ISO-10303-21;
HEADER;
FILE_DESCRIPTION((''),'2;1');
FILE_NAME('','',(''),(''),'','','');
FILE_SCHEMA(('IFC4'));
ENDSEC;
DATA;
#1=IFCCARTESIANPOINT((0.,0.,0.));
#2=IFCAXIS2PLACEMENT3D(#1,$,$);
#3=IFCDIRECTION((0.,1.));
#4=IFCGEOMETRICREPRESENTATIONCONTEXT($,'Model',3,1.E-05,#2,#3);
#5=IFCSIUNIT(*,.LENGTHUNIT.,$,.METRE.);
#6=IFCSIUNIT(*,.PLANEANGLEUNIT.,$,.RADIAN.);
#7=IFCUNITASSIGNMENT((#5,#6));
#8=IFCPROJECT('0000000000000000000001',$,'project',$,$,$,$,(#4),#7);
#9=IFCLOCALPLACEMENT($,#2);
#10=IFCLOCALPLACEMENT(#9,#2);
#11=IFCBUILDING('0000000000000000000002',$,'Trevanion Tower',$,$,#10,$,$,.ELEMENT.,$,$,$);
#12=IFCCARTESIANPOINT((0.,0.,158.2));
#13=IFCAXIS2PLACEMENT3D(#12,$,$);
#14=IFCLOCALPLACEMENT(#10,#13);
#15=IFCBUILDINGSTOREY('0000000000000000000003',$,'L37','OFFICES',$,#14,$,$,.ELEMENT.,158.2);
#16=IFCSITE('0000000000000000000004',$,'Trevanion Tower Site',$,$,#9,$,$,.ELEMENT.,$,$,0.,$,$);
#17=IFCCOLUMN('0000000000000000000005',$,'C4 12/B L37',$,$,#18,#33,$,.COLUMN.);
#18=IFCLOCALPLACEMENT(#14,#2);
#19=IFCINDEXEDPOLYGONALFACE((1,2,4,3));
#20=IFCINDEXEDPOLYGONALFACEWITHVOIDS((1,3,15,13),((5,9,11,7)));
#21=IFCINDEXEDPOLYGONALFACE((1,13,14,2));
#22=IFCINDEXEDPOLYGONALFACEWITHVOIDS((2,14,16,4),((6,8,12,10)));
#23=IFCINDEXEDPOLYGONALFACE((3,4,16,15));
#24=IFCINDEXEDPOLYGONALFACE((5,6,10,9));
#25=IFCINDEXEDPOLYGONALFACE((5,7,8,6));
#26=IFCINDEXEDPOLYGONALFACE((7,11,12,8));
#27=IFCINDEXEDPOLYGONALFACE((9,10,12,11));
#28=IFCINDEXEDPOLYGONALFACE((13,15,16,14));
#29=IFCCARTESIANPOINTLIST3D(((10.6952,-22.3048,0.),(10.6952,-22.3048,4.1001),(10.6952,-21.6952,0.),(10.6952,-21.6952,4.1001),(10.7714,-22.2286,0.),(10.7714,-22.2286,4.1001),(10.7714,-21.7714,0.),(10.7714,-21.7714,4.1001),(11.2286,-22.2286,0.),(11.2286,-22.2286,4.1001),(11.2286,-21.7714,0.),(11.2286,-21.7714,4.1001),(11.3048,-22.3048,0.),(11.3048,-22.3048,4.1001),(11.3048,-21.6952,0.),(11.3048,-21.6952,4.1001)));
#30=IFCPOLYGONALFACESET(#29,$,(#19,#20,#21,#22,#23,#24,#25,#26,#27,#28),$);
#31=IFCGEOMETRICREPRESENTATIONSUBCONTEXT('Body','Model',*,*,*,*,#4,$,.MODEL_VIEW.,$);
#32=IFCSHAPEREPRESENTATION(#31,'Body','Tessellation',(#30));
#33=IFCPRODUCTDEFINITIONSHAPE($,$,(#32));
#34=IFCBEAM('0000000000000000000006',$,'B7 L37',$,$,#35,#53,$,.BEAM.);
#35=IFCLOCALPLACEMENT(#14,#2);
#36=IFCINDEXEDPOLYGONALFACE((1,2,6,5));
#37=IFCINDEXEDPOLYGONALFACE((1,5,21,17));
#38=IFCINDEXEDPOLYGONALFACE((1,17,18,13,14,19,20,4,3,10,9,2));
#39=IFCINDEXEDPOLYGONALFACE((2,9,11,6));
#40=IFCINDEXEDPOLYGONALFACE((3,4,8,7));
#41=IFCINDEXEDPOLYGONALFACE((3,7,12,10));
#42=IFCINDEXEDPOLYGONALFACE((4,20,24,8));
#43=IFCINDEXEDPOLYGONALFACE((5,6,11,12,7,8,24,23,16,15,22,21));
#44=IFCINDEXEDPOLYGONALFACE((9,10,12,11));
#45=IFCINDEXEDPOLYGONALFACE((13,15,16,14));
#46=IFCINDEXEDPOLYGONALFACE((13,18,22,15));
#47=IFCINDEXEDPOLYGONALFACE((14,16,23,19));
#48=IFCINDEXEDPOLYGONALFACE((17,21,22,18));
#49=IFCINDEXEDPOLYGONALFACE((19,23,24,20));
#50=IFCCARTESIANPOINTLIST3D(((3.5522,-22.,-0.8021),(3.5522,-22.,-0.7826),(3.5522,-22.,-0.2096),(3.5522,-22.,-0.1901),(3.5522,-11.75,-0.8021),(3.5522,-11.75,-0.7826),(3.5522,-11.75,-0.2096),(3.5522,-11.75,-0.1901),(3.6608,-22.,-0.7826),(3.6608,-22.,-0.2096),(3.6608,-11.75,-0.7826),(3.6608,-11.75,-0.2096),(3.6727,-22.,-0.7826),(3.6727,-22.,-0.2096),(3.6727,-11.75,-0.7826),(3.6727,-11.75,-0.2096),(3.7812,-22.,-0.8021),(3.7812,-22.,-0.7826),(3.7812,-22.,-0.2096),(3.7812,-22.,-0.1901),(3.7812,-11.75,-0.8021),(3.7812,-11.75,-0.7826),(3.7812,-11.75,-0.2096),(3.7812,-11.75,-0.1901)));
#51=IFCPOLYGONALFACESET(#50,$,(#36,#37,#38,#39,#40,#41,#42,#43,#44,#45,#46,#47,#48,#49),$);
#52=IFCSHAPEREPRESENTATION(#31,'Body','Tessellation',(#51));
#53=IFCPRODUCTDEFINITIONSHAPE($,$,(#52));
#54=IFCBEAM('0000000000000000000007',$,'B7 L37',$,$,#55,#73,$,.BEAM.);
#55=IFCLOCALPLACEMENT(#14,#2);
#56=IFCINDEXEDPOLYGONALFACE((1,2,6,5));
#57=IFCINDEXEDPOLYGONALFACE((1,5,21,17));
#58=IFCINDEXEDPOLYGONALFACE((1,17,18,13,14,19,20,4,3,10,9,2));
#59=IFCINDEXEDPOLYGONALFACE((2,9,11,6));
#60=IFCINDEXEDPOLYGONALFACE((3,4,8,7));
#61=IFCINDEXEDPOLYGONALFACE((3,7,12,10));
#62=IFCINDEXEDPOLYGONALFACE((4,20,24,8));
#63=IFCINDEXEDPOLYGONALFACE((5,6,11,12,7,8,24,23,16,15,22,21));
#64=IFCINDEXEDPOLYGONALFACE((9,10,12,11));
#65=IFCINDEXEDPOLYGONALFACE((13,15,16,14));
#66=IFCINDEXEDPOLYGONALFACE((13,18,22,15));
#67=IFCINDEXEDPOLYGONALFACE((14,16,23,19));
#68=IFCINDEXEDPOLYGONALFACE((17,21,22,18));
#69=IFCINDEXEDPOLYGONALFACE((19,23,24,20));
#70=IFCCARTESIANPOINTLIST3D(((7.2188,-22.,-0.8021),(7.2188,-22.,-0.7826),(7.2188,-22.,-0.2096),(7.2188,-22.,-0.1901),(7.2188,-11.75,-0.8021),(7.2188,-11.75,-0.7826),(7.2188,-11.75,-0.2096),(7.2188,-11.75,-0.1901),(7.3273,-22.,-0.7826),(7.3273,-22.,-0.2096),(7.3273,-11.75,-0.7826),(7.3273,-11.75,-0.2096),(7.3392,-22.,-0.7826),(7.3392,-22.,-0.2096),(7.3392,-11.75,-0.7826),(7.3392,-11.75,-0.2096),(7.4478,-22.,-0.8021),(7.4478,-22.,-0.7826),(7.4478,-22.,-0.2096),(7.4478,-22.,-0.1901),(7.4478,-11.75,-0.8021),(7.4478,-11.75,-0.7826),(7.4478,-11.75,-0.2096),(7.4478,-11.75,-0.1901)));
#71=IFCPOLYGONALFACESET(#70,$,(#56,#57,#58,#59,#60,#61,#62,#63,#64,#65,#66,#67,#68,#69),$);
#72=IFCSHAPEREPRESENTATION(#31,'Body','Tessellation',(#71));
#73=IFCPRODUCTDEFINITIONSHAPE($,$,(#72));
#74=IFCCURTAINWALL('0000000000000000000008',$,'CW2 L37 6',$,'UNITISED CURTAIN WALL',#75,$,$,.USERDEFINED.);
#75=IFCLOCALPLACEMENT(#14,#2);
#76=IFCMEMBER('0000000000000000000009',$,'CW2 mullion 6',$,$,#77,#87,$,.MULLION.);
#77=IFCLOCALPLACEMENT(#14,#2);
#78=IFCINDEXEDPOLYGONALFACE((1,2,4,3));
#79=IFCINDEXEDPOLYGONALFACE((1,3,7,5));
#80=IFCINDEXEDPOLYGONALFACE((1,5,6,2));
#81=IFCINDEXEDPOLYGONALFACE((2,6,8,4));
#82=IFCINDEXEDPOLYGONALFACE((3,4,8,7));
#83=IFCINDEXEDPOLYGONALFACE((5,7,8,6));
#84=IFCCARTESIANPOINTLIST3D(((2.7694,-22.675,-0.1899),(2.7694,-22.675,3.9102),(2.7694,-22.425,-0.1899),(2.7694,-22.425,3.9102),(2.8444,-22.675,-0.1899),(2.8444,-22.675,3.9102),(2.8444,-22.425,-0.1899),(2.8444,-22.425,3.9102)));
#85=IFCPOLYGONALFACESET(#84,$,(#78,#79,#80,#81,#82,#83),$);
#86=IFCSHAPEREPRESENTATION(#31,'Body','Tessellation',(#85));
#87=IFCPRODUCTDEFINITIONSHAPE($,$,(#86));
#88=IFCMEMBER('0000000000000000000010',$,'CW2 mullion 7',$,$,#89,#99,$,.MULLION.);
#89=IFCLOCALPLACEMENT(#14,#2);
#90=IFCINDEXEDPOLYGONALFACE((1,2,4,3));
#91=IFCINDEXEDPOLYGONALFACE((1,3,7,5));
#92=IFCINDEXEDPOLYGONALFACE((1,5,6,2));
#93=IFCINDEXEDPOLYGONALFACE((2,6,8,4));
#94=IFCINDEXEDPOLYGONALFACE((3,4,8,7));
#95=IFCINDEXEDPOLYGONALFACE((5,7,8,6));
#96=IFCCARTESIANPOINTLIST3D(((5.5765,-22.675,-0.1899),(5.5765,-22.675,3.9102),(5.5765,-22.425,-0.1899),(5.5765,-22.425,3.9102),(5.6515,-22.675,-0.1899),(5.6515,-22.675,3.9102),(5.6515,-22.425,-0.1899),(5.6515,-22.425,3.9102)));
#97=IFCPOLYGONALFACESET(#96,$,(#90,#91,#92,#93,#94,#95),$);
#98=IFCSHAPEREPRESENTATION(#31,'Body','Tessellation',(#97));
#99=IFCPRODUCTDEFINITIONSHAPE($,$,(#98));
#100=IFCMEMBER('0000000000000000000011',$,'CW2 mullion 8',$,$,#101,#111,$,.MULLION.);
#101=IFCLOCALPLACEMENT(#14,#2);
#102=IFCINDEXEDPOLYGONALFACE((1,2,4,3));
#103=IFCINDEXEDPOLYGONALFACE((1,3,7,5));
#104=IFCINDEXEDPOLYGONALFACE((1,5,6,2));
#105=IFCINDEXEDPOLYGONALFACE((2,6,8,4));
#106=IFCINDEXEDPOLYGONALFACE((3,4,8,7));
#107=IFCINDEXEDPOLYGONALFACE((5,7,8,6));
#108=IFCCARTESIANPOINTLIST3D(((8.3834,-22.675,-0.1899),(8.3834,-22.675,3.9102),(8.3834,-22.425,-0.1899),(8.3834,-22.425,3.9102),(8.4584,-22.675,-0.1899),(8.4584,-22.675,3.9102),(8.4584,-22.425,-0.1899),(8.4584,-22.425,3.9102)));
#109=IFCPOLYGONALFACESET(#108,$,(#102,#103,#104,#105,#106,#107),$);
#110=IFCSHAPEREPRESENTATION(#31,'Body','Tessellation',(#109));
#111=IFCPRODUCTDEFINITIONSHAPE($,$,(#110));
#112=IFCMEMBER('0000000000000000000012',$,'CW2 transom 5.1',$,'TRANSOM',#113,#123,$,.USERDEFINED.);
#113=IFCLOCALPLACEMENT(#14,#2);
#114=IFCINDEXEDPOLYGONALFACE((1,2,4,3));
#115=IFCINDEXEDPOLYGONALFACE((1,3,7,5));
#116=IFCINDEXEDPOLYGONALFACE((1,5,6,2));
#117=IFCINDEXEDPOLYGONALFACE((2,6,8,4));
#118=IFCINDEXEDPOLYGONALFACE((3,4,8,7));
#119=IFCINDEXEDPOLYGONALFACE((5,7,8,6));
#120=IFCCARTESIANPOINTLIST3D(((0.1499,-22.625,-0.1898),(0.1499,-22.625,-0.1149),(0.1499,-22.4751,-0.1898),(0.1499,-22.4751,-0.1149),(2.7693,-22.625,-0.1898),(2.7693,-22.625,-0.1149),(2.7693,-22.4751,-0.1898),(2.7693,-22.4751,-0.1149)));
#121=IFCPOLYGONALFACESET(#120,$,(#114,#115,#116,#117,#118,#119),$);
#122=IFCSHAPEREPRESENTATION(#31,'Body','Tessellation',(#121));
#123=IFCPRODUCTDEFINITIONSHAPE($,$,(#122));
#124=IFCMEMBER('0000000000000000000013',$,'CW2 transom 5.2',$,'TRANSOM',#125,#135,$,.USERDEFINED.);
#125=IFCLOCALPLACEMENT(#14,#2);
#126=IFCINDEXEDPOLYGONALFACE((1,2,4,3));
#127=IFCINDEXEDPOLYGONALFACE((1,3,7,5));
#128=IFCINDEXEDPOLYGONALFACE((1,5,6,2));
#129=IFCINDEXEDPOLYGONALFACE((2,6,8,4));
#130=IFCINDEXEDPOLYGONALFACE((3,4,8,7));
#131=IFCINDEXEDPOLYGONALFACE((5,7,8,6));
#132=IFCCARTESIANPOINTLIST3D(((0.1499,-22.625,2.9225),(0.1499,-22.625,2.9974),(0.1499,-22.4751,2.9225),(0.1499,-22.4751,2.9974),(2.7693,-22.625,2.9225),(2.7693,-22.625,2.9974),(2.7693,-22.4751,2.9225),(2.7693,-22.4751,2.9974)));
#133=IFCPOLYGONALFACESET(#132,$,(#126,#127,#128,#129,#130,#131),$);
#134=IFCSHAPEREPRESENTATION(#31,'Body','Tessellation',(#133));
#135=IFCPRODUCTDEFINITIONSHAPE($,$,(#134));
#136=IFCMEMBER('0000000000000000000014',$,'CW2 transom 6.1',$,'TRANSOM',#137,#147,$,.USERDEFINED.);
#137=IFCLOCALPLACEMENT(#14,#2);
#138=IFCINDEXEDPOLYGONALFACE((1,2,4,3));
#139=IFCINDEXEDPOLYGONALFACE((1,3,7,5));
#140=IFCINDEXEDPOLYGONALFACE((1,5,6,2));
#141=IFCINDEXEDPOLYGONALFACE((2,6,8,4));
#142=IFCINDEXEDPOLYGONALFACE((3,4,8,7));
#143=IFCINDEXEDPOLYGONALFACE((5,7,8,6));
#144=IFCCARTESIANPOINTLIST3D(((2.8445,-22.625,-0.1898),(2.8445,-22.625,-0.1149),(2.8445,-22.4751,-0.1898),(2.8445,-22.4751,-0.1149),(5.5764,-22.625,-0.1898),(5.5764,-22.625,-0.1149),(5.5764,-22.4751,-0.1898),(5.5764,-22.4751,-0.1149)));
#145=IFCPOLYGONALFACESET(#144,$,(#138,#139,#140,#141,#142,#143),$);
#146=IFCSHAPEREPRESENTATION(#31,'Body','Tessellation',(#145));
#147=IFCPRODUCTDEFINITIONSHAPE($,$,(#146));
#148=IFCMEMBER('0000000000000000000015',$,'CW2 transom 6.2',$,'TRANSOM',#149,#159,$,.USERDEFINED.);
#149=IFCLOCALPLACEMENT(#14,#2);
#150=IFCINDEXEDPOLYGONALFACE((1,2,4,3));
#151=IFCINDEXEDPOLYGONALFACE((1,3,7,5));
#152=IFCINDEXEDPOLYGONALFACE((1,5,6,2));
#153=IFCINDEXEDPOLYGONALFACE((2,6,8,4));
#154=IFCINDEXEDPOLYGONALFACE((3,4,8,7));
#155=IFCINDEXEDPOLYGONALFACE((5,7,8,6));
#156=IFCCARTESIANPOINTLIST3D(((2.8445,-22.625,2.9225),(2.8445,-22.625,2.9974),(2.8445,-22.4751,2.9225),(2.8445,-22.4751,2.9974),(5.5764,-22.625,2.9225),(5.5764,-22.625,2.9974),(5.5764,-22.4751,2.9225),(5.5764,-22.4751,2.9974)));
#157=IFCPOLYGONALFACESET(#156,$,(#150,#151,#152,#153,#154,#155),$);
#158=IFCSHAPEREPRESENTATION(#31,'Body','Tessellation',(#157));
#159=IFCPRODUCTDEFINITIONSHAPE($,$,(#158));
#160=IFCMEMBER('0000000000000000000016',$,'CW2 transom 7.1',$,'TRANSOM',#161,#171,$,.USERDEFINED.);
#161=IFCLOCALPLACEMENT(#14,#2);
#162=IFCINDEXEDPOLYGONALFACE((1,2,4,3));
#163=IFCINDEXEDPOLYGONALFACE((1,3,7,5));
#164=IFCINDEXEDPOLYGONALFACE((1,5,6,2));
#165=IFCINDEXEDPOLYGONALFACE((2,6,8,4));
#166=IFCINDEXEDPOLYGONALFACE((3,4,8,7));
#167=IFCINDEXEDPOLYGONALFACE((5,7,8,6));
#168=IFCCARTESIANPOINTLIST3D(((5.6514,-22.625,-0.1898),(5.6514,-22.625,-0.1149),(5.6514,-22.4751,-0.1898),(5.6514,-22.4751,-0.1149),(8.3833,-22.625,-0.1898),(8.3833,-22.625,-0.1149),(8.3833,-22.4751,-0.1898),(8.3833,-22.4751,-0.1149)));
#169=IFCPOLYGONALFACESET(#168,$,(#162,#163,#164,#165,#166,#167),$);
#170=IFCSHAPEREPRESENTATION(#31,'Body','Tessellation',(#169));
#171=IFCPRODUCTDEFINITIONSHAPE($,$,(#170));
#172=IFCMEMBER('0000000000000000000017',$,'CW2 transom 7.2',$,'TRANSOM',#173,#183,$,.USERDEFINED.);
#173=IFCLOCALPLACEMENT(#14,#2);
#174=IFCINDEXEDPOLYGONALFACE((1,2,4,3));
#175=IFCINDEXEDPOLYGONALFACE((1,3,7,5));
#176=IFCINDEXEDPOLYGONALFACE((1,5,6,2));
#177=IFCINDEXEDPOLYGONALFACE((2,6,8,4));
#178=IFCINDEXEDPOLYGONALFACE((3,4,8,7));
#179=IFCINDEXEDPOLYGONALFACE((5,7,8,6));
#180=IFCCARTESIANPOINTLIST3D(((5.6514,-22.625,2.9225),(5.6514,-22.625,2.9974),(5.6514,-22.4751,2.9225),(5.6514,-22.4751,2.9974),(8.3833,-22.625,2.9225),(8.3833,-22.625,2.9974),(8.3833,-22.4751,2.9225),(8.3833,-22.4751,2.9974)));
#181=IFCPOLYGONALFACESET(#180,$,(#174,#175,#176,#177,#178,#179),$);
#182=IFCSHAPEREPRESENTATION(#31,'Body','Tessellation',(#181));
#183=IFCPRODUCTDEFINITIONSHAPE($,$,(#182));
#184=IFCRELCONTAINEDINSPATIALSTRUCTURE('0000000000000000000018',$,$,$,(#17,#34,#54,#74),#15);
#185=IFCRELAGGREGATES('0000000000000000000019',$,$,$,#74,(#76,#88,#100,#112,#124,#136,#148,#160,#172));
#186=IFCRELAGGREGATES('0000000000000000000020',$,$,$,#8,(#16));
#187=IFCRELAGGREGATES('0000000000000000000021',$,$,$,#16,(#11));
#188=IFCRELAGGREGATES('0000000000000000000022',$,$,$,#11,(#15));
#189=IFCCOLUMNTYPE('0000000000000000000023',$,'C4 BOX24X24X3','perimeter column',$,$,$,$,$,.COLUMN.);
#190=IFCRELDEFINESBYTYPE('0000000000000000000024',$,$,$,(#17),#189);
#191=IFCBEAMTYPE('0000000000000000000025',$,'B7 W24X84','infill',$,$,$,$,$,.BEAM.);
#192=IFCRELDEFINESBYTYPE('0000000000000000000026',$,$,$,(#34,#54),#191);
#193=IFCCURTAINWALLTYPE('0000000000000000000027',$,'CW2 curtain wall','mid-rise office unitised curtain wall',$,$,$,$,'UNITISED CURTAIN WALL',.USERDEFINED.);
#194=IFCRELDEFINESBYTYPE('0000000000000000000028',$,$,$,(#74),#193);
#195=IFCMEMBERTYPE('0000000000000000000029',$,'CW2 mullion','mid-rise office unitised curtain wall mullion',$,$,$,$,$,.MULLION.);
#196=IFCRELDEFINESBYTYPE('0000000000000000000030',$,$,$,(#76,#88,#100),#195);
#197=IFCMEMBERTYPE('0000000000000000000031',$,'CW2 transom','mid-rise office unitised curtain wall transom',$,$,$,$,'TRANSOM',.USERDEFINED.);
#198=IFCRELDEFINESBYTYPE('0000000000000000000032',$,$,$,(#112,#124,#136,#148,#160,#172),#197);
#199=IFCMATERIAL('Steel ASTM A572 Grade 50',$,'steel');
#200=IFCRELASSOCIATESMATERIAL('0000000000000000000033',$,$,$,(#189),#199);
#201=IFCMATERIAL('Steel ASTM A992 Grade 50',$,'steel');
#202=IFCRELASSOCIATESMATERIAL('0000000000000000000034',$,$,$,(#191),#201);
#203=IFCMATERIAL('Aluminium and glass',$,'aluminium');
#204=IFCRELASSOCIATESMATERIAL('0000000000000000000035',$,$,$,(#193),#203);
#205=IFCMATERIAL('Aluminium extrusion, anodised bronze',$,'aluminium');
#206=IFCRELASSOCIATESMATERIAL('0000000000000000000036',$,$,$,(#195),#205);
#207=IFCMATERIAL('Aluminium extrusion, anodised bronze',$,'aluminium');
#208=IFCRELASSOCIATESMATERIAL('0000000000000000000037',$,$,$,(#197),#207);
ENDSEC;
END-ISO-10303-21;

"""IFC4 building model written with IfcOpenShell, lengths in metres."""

from ifc_helpers import new_model, si_unit, direction, frame, origin, origin_2d, place, context, subcontext, project, spatial, rectangle, hollow_rectangle, i_section, extrude, material, material_profile, profile_set, type_object, element, aggregate, save


model = new_model("IFC4")

# Units and contexts
model_context = context("Model", 3, precision=1e-05, world=origin(), true_north=direction((0.0, 1.0)))
body_context = subcontext(model_context, "Body", "Model", "MODEL_VIEW")
ifc_project = project(units=[si_unit("LENGTHUNIT", "METRE"), si_unit("PLANEANGLEUNIT", "RADIAN")], contexts=[model_context])

# Site, building, storey
site_placement = place(None, origin())
site = spatial("IfcSite", under=ifc_project, at=site_placement, Name="Trevanion Tower Site", CompositionType="ELEMENT", RefElevation=0.0)
building_placement = place(site_placement, origin())
building = spatial("IfcBuilding", under=site, at=building_placement, Name="Trevanion Tower", CompositionType="ELEMENT")
storey_placement = place(building_placement, frame((0.0, 0.0, 158.2)))
storey = spatial("IfcBuildingStorey", under=building, at=storey_placement, Name="L37", Description="OFFICES", CompositionType="ELEMENT", Elevation=158.2)

# Column
ifc_material_1 = material(Name="Steel ASTM A572 Grade 50", Category="steel")
ifc_material_profile_1 = material_profile(ifc_material_1, hollow_rectangle(XDim=0.6096, YDim=0.6096, WallThickness=0.0762, at=origin_2d()), Name="BOX24X24X3")
ifc_profile_set_1 = profile_set([ifc_material_profile_1], Name="Steel ASTM A572 Grade 50")
column_type = type_object("IfcColumnType", Name="C4 BOX24X24X3", Description="perimeter column", PredefinedType="COLUMN", material=ifc_profile_set_1)
column_placement = place(storey_placement, frame((11.0, -22.0, 0.0), z_axis=(0.0, 0.0, 1.0), x_axis=(1.0, 0.0, 0.0)))
element("IfcColumn", 1, at=column_placement, inside=storey, type_object=column_type, Name="C4 12/B L37", PredefinedType="COLUMN", context=body_context, shape_type="SweptSolid", body=[
    extrude(hollow_rectangle(XDim=0.6096, YDim=0.6096, WallThickness=0.0762, at=origin_2d()), origin(), (0.0, 0.0, 1.0), 4.1001),
])

# Beams
ifc_material_2 = material(Name="Steel ASTM A992 Grade 50", Category="steel")
ifc_material_profile_2 = material_profile(ifc_material_2, i_section(OverallWidth=0.229, OverallDepth=0.6121, WebThickness=0.012, FlangeThickness=0.0195, at=origin_2d()), Name="W24X84")
ifc_profile_set_2 = profile_set([ifc_material_profile_2], Name="Steel ASTM A992 Grade 50")
beam_type_1 = type_object("IfcBeamType", Name="B7 W24X84", Description="infill", PredefinedType="BEAM", material=ifc_profile_set_2)
for number, where, z_axis, x_axis, name in (
    (2, (3.6667, -11.75, -0.4961), (0.0, -1.0, 0.0), (1.0, 0.0, 0.0), "B7 L37"),
    (3, (7.3333, -11.75, -0.4961), (0.0, -1.0, 0.0), (1.0, 0.0, 0.0), "B7 L37"),
):
    element("IfcBeam", number, at=place(storey_placement, frame(where, z_axis=z_axis, x_axis=x_axis)), inside=storey, type_object=beam_type_1, Name=name, PredefinedType="BEAM", context=body_context, shape_type="SweptSolid", body=[
        extrude(i_section(OverallWidth=0.229, OverallDepth=0.6121, WebThickness=0.012, FlangeThickness=0.0195, at=origin_2d()), origin(), (0.0, 0.0, 1.0), 10.25),
    ])

# Curtain wall, members
ifc_material_3 = material(Name="Aluminium and glass", Category="aluminium")
curtain_wall_type = type_object("IfcCurtainWallType", Name="CW2 curtain wall", Description="mid-rise office unitised curtain wall", ElementType="UNITISED CURTAIN WALL", PredefinedType="USERDEFINED", material=ifc_material_3)
curtain_wall_placement = place(storey_placement, origin())
curtain_wall = element("IfcCurtainWall", 4, at=curtain_wall_placement, inside=storey, type_object=curtain_wall_type, Name="CW2 L37 6", ObjectType="UNITISED CURTAIN WALL", PredefinedType="USERDEFINED")
ifc_material_4 = material(Name="Aluminium extrusion, anodised bronze", Category="aluminium")
ifc_material_profile_3 = material_profile(ifc_material_4, rectangle(XDim=0.075, YDim=0.25, at=origin_2d()), Name="CW2 mullion")
ifc_profile_set_3 = profile_set([ifc_material_profile_3], Name="Aluminium extrusion, anodised bronze")
member_type_1 = type_object("IfcMemberType", Name="CW2 mullion", Description="mid-rise office unitised curtain wall mullion", PredefinedType="MULLION", material=ifc_profile_set_3)
member_1_placement = place(storey_placement, frame((2.8069, -22.55, -0.1899), z_axis=(0.0, 0.0, 1.0), x_axis=(1.0, 0.0, 0.0)))
member_1 = element("IfcMember", 5, at=member_1_placement, type_object=member_type_1, Name="CW2 mullion 6", PredefinedType="MULLION", context=body_context, shape_type="SweptSolid", body=[
    extrude(rectangle(XDim=0.075, YDim=0.25, at=origin_2d()), origin(), (0.0, 0.0, 1.0), 4.1001),
])
member_2_placement = place(storey_placement, frame((5.614, -22.55, -0.1899), z_axis=(0.0, 0.0, 1.0), x_axis=(1.0, 0.0, 0.0)))
member_2 = element("IfcMember", 6, at=member_2_placement, type_object=member_type_1, Name="CW2 mullion 7", PredefinedType="MULLION", context=body_context, shape_type="SweptSolid", body=[
    extrude(rectangle(XDim=0.075, YDim=0.25, at=origin_2d()), origin(), (0.0, 0.0, 1.0), 4.1001),
])
member_3_placement = place(storey_placement, frame((8.4209, -22.55, -0.1899), z_axis=(0.0, 0.0, 1.0), x_axis=(1.0, 0.0, 0.0)))
member_3 = element("IfcMember", 7, at=member_3_placement, type_object=member_type_1, Name="CW2 mullion 8", PredefinedType="MULLION", context=body_context, shape_type="SweptSolid", body=[
    extrude(rectangle(XDim=0.075, YDim=0.25, at=origin_2d()), origin(), (0.0, 0.0, 1.0), 4.1001),
])
ifc_material_5 = material(Name="Aluminium extrusion, anodised bronze", Category="aluminium")
ifc_material_profile_4 = material_profile(ifc_material_5, rectangle(XDim=0.1499, YDim=0.075, at=origin_2d()), Name="CW2 transom")
ifc_profile_set_4 = profile_set([ifc_material_profile_4], Name="Aluminium extrusion, anodised bronze")
member_type_2 = type_object("IfcMemberType", Name="CW2 transom", Description="mid-rise office unitised curtain wall transom", ElementType="TRANSOM", PredefinedType="USERDEFINED", material=ifc_profile_set_4)
member_4_placement = place(storey_placement, frame((0.1499, -22.55, -0.1523), z_axis=(1.0, 0.0, 0.0), x_axis=(0.0, 1.0, 0.0)))
member_4 = element("IfcMember", 8, at=member_4_placement, type_object=member_type_2, Name="CW2 transom 5.1", ObjectType="TRANSOM", PredefinedType="USERDEFINED", context=body_context, shape_type="SweptSolid", body=[
    extrude(rectangle(XDim=0.1499, YDim=0.075, at=origin_2d()), origin(), (0.0, 0.0, 1.0), 2.6194),
])
member_5_placement = place(storey_placement, frame((0.1499, -22.55, 2.96), z_axis=(1.0, 0.0, 0.0), x_axis=(0.0, 1.0, 0.0)))
member_5 = element("IfcMember", 9, at=member_5_placement, type_object=member_type_2, Name="CW2 transom 5.2", ObjectType="TRANSOM", PredefinedType="USERDEFINED", context=body_context, shape_type="SweptSolid", body=[
    extrude(rectangle(XDim=0.1499, YDim=0.075, at=origin_2d()), origin(), (0.0, 0.0, 1.0), 2.6194),
])
member_6_placement = place(storey_placement, frame((2.8445, -22.55, -0.1523), z_axis=(1.0, 0.0, 0.0), x_axis=(0.0, 1.0, 0.0)))
member_6 = element("IfcMember", 10, at=member_6_placement, type_object=member_type_2, Name="CW2 transom 6.1", ObjectType="TRANSOM", PredefinedType="USERDEFINED", context=body_context, shape_type="SweptSolid", body=[
    extrude(rectangle(XDim=0.1499, YDim=0.075, at=origin_2d()), origin(), (0.0, 0.0, 1.0), 2.7319),
])
member_7_placement = place(storey_placement, frame((2.8445, -22.55, 2.96), z_axis=(1.0, 0.0, 0.0), x_axis=(0.0, 1.0, 0.0)))
member_7 = element("IfcMember", 11, at=member_7_placement, type_object=member_type_2, Name="CW2 transom 6.2", ObjectType="TRANSOM", PredefinedType="USERDEFINED", context=body_context, shape_type="SweptSolid", body=[
    extrude(rectangle(XDim=0.1499, YDim=0.075, at=origin_2d()), origin(), (0.0, 0.0, 1.0), 2.7319),
])
member_8_placement = place(storey_placement, frame((5.6514, -22.55, -0.1523), z_axis=(1.0, 0.0, 0.0), x_axis=(0.0, 1.0, 0.0)))
member_8 = element("IfcMember", 12, at=member_8_placement, type_object=member_type_2, Name="CW2 transom 7.1", ObjectType="TRANSOM", PredefinedType="USERDEFINED", context=body_context, shape_type="SweptSolid", body=[
    extrude(rectangle(XDim=0.1499, YDim=0.075, at=origin_2d()), origin(), (0.0, 0.0, 1.0), 2.7319),
])
member_9_placement = place(storey_placement, frame((5.6514, -22.55, 2.96), z_axis=(1.0, 0.0, 0.0), x_axis=(0.0, 1.0, 0.0)))
member_9 = element("IfcMember", 13, at=member_9_placement, type_object=member_type_2, Name="CW2 transom 7.2", ObjectType="TRANSOM", PredefinedType="USERDEFINED", context=body_context, shape_type="SweptSolid", body=[
    extrude(rectangle(XDim=0.1499, YDim=0.075, at=origin_2d()), origin(), (0.0, 0.0, 1.0), 2.7319),
])

aggregate(curtain_wall, [member_1, member_2, member_3, member_4, member_5, member_6, member_7, member_8, member_9])

save(model, "model.ifc")
